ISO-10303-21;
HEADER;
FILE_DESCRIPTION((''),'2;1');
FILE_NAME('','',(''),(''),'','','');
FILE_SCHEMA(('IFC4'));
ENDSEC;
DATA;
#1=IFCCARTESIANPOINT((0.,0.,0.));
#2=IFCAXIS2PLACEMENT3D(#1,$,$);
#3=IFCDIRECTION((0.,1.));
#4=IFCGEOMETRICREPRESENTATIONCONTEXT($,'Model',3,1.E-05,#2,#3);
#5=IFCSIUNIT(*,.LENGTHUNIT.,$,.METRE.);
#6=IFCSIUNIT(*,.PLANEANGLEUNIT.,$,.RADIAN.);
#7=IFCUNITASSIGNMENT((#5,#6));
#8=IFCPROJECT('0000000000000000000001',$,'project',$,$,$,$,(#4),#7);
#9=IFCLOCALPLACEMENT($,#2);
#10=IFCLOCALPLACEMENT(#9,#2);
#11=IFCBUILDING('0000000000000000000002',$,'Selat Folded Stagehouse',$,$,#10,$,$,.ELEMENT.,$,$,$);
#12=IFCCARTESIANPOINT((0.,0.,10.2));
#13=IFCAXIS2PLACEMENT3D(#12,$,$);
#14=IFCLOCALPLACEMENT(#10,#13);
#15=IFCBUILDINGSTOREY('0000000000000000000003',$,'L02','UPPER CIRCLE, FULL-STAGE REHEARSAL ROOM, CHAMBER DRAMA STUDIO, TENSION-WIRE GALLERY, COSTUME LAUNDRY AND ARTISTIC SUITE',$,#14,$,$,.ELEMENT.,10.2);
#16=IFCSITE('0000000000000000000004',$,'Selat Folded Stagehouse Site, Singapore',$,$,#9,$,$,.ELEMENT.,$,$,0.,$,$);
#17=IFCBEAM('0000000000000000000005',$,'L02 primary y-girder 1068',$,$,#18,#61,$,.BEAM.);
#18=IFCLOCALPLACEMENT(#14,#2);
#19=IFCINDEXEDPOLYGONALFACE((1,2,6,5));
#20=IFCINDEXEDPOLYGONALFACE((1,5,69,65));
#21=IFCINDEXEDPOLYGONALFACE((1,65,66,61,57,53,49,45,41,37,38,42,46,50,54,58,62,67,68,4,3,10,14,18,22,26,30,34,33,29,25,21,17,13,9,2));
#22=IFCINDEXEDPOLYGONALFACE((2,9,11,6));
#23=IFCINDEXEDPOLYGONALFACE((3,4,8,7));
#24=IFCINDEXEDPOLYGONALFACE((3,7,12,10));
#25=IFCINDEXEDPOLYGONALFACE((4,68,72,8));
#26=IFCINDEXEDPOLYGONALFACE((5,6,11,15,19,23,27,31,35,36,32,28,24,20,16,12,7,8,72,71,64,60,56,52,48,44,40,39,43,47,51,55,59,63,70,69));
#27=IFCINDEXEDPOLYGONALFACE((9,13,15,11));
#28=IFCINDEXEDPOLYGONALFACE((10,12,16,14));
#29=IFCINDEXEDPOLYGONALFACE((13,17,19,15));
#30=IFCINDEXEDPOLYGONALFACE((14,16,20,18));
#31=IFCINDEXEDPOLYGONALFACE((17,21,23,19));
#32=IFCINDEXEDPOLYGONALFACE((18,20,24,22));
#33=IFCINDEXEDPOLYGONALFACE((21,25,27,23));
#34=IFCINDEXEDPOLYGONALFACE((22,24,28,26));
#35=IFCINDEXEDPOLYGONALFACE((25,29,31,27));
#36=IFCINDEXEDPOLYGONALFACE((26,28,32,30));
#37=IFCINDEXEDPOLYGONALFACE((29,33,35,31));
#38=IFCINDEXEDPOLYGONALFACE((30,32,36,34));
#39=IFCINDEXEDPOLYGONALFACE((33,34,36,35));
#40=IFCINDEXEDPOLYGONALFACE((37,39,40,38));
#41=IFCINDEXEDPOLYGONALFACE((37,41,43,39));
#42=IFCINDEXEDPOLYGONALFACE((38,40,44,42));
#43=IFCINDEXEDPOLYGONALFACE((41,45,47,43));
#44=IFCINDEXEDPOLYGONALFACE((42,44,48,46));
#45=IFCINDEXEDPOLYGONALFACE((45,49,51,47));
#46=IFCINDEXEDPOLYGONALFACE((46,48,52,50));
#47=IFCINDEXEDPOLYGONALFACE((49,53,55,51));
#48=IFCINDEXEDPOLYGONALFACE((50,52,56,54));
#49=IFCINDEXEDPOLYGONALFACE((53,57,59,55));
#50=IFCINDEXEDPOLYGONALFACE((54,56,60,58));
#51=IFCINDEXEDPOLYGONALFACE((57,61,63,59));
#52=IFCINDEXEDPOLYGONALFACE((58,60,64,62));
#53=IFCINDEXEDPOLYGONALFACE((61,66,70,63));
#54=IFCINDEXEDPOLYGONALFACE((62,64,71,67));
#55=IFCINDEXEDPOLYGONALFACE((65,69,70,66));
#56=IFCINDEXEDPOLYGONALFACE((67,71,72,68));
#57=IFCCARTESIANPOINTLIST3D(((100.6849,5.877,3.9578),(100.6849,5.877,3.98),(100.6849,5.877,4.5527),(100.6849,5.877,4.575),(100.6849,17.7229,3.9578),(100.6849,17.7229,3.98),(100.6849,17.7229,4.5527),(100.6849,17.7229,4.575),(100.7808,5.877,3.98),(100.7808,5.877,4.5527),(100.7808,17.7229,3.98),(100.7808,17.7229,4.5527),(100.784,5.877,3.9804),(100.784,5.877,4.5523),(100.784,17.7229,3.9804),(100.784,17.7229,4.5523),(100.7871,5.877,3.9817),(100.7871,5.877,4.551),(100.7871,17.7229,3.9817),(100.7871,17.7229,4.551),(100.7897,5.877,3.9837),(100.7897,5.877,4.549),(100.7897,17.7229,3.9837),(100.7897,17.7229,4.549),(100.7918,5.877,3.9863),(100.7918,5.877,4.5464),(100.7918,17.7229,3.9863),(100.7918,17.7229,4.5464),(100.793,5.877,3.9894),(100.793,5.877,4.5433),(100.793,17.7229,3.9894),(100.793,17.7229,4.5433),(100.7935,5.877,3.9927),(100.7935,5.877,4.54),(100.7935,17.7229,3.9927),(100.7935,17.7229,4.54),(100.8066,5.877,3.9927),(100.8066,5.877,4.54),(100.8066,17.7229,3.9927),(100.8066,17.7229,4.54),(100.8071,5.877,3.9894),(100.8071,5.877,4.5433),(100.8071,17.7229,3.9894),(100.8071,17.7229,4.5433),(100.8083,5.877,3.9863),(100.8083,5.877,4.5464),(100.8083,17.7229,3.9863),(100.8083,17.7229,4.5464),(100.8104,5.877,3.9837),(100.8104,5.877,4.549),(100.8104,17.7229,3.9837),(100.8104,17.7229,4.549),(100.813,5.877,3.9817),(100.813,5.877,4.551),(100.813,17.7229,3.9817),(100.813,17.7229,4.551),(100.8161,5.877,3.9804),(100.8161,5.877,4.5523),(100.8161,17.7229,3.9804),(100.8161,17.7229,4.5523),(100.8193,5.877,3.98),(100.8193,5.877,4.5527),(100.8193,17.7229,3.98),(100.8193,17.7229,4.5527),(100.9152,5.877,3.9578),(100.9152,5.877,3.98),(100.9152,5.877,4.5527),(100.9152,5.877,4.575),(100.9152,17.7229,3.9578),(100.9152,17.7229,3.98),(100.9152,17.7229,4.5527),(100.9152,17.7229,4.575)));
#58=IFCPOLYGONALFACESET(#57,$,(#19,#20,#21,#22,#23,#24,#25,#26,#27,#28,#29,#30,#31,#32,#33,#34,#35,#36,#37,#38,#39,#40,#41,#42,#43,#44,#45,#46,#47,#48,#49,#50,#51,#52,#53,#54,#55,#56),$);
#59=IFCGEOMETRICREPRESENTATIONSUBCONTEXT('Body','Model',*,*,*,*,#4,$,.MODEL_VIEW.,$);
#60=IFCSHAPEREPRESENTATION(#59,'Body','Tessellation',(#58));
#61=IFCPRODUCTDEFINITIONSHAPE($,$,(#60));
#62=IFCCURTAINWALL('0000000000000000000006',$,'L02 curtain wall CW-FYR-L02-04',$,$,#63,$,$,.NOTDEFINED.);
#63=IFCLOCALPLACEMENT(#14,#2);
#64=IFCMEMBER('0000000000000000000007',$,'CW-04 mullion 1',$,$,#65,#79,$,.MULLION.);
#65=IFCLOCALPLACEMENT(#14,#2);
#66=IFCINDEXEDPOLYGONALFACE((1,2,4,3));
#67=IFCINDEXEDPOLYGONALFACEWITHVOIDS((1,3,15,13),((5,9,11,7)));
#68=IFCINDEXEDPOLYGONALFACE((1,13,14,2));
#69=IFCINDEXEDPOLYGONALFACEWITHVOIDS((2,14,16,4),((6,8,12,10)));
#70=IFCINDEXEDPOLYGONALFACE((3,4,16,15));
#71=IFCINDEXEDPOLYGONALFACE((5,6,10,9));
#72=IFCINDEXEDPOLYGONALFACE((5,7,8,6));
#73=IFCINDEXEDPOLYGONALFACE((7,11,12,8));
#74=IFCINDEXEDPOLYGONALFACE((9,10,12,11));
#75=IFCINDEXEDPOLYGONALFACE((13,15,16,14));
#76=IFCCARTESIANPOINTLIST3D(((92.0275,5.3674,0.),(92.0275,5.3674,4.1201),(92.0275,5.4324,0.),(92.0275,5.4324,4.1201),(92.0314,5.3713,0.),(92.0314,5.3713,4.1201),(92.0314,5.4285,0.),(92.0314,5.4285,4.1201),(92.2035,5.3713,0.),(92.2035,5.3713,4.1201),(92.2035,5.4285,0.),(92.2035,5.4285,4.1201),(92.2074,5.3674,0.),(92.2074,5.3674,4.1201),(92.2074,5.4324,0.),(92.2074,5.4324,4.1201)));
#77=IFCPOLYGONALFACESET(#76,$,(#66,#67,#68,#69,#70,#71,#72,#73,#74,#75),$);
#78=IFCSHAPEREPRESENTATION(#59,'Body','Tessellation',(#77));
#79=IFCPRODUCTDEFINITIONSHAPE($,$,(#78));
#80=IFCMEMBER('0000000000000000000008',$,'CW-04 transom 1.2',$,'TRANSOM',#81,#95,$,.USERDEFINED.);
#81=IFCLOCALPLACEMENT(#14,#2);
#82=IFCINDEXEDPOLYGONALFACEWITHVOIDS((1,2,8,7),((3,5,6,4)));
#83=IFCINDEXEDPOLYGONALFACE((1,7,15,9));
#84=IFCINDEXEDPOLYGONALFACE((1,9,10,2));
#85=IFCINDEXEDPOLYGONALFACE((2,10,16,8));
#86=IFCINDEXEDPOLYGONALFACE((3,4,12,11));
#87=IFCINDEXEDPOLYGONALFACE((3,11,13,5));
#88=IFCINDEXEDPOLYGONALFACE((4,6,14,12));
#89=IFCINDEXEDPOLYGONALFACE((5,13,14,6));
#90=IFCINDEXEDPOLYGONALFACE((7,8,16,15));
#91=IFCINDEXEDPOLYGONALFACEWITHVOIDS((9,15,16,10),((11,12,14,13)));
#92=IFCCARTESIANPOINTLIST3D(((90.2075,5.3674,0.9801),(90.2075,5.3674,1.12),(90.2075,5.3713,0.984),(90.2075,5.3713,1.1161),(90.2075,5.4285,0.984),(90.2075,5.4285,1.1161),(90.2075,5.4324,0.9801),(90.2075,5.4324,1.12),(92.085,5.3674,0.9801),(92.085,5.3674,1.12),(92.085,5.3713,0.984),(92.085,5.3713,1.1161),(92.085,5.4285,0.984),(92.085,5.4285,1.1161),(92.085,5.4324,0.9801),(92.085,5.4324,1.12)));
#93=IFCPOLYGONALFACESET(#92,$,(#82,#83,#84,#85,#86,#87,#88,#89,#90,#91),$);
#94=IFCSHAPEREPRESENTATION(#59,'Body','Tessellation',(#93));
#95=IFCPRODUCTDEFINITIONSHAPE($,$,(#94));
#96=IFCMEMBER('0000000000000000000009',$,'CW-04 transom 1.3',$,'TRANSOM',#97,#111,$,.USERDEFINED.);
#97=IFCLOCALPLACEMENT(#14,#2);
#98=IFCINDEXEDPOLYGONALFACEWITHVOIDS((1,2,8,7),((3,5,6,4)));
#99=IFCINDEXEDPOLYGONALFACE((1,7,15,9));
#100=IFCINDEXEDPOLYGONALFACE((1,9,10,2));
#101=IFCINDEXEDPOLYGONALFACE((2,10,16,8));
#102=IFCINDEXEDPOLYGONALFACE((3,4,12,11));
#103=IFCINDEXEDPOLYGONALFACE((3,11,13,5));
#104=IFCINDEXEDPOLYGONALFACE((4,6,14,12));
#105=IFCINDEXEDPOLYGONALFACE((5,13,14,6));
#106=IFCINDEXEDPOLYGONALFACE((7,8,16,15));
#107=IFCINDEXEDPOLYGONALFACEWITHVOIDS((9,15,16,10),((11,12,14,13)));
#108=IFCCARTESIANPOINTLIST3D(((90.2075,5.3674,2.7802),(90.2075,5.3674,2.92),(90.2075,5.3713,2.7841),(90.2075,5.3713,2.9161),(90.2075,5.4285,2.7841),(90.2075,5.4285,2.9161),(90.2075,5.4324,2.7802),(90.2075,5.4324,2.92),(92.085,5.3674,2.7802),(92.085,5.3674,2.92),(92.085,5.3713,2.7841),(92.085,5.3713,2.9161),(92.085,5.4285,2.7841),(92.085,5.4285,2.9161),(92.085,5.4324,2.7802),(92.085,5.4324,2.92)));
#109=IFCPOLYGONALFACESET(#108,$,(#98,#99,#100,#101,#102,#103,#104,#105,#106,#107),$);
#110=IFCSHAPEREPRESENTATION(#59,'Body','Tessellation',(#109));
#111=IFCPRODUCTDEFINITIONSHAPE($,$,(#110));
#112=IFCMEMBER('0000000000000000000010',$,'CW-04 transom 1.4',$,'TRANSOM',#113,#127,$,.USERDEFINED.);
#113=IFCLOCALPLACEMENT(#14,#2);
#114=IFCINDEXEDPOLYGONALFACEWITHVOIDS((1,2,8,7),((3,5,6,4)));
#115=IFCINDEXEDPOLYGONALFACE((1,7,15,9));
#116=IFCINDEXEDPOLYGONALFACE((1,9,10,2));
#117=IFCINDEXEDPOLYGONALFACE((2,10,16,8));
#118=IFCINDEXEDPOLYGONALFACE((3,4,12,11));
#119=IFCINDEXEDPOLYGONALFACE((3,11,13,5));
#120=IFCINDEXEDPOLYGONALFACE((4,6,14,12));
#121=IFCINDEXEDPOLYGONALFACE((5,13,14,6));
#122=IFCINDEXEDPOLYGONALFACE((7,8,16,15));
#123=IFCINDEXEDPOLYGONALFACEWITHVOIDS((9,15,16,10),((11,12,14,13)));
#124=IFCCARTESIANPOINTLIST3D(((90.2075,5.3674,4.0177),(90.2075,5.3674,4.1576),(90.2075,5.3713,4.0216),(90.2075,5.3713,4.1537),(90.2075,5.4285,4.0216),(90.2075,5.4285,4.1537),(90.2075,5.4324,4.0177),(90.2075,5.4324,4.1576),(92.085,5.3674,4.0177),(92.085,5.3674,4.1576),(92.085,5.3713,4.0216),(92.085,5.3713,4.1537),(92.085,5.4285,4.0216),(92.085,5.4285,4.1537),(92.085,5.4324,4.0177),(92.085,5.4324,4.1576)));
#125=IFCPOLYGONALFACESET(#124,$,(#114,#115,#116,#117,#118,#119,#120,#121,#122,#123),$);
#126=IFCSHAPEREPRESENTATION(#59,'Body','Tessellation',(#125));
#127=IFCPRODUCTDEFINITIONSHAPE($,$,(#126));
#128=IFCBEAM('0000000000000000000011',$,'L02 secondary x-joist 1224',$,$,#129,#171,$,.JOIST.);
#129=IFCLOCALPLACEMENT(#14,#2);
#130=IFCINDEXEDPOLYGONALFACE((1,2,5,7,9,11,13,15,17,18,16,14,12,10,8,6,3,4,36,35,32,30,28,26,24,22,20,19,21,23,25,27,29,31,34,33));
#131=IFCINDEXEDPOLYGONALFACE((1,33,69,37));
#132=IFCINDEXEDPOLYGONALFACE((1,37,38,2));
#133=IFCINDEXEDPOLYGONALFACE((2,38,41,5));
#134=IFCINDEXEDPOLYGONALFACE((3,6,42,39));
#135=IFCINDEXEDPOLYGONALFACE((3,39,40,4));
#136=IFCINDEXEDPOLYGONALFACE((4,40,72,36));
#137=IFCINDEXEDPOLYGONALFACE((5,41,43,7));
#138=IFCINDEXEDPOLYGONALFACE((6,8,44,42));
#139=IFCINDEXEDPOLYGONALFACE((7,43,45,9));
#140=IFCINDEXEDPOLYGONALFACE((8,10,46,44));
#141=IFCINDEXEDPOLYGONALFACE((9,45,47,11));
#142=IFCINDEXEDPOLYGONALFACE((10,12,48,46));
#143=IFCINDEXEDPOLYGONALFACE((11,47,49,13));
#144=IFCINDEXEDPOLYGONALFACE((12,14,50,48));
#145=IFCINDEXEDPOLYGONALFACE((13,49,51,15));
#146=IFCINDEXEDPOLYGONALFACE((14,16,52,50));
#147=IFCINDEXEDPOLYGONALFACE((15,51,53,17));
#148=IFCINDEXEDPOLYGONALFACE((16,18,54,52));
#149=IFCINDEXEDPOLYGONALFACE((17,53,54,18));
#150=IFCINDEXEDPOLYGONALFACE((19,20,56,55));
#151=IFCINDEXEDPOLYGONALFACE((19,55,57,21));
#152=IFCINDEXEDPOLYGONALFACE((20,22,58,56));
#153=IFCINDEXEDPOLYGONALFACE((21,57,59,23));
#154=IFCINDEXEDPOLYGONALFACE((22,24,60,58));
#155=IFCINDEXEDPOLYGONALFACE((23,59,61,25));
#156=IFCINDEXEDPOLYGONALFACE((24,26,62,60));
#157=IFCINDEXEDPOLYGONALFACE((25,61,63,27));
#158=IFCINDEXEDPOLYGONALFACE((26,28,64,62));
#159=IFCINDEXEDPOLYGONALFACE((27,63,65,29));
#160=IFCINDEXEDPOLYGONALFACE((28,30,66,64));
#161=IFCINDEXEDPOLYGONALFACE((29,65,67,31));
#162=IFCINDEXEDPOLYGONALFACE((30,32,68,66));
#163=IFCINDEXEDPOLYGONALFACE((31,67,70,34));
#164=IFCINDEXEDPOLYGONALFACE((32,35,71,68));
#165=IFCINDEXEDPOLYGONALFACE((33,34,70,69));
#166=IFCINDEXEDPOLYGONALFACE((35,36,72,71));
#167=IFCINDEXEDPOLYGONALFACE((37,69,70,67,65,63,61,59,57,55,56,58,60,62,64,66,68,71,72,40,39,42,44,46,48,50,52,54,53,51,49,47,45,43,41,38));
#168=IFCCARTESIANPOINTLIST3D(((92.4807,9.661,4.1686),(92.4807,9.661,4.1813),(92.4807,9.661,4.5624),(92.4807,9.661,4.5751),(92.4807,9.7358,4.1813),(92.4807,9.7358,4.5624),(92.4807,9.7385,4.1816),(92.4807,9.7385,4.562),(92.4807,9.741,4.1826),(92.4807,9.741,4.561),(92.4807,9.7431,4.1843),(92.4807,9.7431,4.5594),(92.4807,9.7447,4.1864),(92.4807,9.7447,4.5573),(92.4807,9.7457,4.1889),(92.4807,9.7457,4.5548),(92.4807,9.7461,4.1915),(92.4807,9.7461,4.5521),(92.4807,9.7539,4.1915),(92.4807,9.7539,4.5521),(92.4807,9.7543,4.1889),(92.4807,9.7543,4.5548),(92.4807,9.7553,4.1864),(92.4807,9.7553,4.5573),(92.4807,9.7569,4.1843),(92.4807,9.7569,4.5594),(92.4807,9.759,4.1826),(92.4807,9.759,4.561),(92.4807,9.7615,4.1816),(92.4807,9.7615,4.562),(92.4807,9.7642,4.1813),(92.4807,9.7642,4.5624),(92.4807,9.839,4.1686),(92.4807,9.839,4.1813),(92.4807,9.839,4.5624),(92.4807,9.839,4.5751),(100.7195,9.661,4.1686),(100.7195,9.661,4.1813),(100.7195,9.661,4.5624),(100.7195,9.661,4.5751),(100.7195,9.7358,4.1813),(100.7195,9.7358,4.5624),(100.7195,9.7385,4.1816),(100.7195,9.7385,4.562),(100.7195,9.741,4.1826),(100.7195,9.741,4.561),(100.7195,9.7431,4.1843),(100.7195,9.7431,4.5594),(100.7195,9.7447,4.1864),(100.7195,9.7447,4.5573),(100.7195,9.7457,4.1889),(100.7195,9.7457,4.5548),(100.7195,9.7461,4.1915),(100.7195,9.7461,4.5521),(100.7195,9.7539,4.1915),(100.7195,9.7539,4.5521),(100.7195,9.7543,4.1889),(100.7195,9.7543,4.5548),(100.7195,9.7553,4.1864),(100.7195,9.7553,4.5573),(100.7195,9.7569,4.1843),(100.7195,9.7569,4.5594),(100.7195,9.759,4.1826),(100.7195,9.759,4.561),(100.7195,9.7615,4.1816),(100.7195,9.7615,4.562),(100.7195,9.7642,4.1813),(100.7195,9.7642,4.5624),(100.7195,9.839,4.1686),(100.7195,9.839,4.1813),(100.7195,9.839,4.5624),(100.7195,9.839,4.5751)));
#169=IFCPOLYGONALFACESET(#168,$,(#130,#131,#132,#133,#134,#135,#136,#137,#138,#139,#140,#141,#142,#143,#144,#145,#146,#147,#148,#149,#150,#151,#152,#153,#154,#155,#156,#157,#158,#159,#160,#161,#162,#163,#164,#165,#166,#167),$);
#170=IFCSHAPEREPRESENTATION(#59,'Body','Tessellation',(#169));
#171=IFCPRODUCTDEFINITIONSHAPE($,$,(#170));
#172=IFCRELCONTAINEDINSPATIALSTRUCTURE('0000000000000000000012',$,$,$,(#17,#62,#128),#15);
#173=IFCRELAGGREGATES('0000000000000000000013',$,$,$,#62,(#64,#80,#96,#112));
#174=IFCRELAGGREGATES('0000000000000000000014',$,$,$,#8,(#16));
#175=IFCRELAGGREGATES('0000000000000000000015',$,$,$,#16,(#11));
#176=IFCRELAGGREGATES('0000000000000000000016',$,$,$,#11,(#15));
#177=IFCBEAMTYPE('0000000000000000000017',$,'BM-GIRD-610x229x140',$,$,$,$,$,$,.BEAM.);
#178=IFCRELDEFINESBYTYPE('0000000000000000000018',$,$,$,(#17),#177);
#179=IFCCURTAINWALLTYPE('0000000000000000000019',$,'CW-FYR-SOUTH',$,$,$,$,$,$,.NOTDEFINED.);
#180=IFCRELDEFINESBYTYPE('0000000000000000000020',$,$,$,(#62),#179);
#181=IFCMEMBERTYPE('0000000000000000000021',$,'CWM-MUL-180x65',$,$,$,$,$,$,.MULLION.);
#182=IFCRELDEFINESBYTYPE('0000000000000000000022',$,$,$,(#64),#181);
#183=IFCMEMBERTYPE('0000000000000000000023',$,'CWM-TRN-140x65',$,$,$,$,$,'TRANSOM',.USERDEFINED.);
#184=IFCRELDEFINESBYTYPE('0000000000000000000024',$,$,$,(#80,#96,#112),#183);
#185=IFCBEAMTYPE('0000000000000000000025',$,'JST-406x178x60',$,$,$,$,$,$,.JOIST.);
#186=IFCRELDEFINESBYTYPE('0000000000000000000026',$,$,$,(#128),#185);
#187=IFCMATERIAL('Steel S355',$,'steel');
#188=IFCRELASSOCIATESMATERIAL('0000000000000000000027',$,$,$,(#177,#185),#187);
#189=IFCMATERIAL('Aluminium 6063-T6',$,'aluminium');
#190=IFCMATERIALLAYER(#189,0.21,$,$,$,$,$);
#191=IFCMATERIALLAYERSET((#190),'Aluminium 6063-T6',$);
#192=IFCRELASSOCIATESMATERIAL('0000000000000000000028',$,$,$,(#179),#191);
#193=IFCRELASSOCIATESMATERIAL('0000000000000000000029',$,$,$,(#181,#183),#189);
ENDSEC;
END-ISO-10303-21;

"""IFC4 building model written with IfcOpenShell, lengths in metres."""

from ifc_helpers import new_model, si_unit, direction, frame, origin, origin_2d, place, context, subcontext, project, spatial, hollow_rectangle, i_section, extrude, material, layer, layer_set, material_profile, profile_set, type_object, element, aggregate, save


model = new_model("IFC4")

# Units and contexts
model_context = context("Model", 3, precision=1e-05, world=origin(), true_north=direction((0.0, 1.0)))
body_context = subcontext(model_context, "Body", "Model", "MODEL_VIEW")
ifc_project = project(units=[si_unit("LENGTHUNIT", "METRE"), si_unit("PLANEANGLEUNIT", "RADIAN")], contexts=[model_context])

# Site, building, storey
site_placement = place(None, origin())
site = spatial("IfcSite", under=ifc_project, at=site_placement, Name="Selat Folded Stagehouse Site, Singapore", CompositionType="ELEMENT", RefElevation=0.0)
building_placement = place(site_placement, origin())
building = spatial("IfcBuilding", under=site, at=building_placement, Name="Selat Folded Stagehouse", CompositionType="ELEMENT")
storey_placement = place(building_placement, frame((0.0, 0.0, 10.2)))
storey = spatial("IfcBuildingStorey", under=building, at=storey_placement, Name="L02", Description="UPPER CIRCLE, FULL-STAGE REHEARSAL ROOM, CHAMBER DRAMA STUDIO, TENSION-WIRE GALLERY, COSTUME LAUNDRY AND ARTISTIC SUITE", CompositionType="ELEMENT", Elevation=10.2)

# Shared definitions
ifc_material_1 = material(Name="Steel S355", Category="steel")

# Beam
ifc_material_profile_1 = material_profile(ifc_material_1, i_section(OverallWidth=0.2302, OverallDepth=0.6172, WebThickness=0.0132, FlangeThickness=0.0222, FilletRadius=0.0127, at=origin_2d()), Name="UKB 610x229x140")
ifc_profile_set_1 = profile_set([ifc_material_profile_1], Name="Steel S355")
beam_type_1 = type_object("IfcBeamType", Name="BM-GIRD-610x229x140", PredefinedType="BEAM", material=ifc_profile_set_1)
for number, where, z_axis, x_axis, name in (
    (1, (100.8, 5.877, 4.2664), (0.0, 1.0, 0.0), (-1.0, 0.0, 0.0), "L02 primary y-girder 1068"),
):
    element("IfcBeam", number, at=place(storey_placement, frame(where, z_axis=z_axis, x_axis=x_axis)), inside=storey, type_object=beam_type_1, Name=name, PredefinedType="BEAM", context=body_context, shape_type="SweptSolid", body=[
        extrude(i_section(OverallWidth=0.2302, OverallDepth=0.6172, WebThickness=0.0132, FlangeThickness=0.0222, FilletRadius=0.0127, at=origin_2d()), origin(), (0.0, 0.0, 1.0), 11.8459),
    ])

# Curtain wall, members
ifc_material_2 = material(Name="Aluminium 6063-T6", Category="aluminium")
ifc_layer_1 = layer(ifc_material_2, 0.21)
ifc_layer_set_1 = layer_set([ifc_layer_1], Name="Aluminium 6063-T6")
curtain_wall_type = type_object("IfcCurtainWallType", Name="CW-FYR-SOUTH", PredefinedType="NOTDEFINED", material=ifc_layer_set_1)
curtain_wall_placement = place(storey_placement, origin())
curtain_wall = element("IfcCurtainWall", 2, at=curtain_wall_placement, inside=storey, type_object=curtain_wall_type, Name="L02 curtain wall CW-FYR-L02-04", PredefinedType="NOTDEFINED")
ifc_material_profile_2 = material_profile(ifc_material_2, hollow_rectangle(XDim=0.0649, YDim=0.1799, WallThickness=0.0039, at=origin_2d()), Name="ALU 180x65x4.0")
ifc_profile_set_2 = profile_set([ifc_material_profile_2], Name="Aluminium 6063-T6")
member_type_1 = type_object("IfcMemberType", Name="CWM-MUL-180x65", PredefinedType="MULLION", material=ifc_profile_set_2)
member_1_placement = place(storey_placement, frame((92.1174, 5.3999, 0.0), z_axis=(0.0, 0.0, 1.0), x_axis=(0.0, -1.0, 0.0)))
member_1 = element("IfcMember", 3, at=member_1_placement, type_object=member_type_1, Name="CW-04 mullion 1", PredefinedType="MULLION", context=body_context, shape_type="SweptSolid", body=[
    extrude(hollow_rectangle(XDim=0.0649, YDim=0.1799, WallThickness=0.0039, at=origin_2d()), origin(), (0.0, 0.0, 1.0), 4.1201),
])
ifc_material_profile_3 = material_profile(ifc_material_2, hollow_rectangle(XDim=0.0649, YDim=0.1399, WallThickness=0.0039, at=origin_2d()), Name="ALU 140x65x4.0")
ifc_profile_set_3 = profile_set([ifc_material_profile_3], Name="Aluminium 6063-T6")
member_type_2 = type_object("IfcMemberType", Name="CWM-TRN-140x65", ElementType="TRANSOM", PredefinedType="USERDEFINED", material=ifc_profile_set_3)
member_2_placement = place(storey_placement, frame((92.085, 5.3999, 1.05), z_axis=(-1.0, 0.0, 0.0), x_axis=(0.0, -1.0, 0.0)))
member_2 = element("IfcMember", 4, at=member_2_placement, type_object=member_type_2, Name="CW-04 transom 1.2", ObjectType="TRANSOM", PredefinedType="USERDEFINED", context=body_context, shape_type="SweptSolid", body=[
    extrude(hollow_rectangle(XDim=0.0649, YDim=0.1399, WallThickness=0.0039, at=origin_2d()), origin(), (0.0, 0.0, 1.0), 1.8774),
])
member_3_placement = place(storey_placement, frame((92.085, 5.3999, 2.8501), z_axis=(-1.0, 0.0, 0.0), x_axis=(0.0, -1.0, 0.0)))
member_3 = element("IfcMember", 5, at=member_3_placement, type_object=member_type_2, Name="CW-04 transom 1.3", ObjectType="TRANSOM", PredefinedType="USERDEFINED", context=body_context, shape_type="SweptSolid", body=[
    extrude(hollow_rectangle(XDim=0.0649, YDim=0.1399, WallThickness=0.0039, at=origin_2d()), origin(), (0.0, 0.0, 1.0), 1.8774),
])
member_4_placement = place(storey_placement, frame((92.085, 5.3999, 4.0876), z_axis=(-1.0, 0.0, 0.0), x_axis=(0.0, -1.0, 0.0)))
member_4 = element("IfcMember", 6, at=member_4_placement, type_object=member_type_2, Name="CW-04 transom 1.4", ObjectType="TRANSOM", PredefinedType="USERDEFINED", context=body_context, shape_type="SweptSolid", body=[
    extrude(hollow_rectangle(XDim=0.0649, YDim=0.1399, WallThickness=0.0039, at=origin_2d()), origin(), (0.0, 0.0, 1.0), 1.8774),
])
aggregate(curtain_wall, [member_1, member_2, member_3, member_4])

# Beam
ifc_material_profile_4 = material_profile(ifc_material_1, i_section(OverallWidth=0.178, OverallDepth=0.4065, WebThickness=0.0078, FlangeThickness=0.0127, FilletRadius=0.0103, at=origin_2d()), Name="UKB 406x178x60")
ifc_profile_set_4 = profile_set([ifc_material_profile_4], Name="Steel S355")
beam_type_2 = type_object("IfcBeamType", Name="JST-406x178x60", PredefinedType="JOIST", material=ifc_profile_set_4)
for number, where, z_axis, x_axis, name in (
    (7, (92.4807, 9.75, 4.3718), (1.0, 0.0, 0.0), (0.0, 1.0, 0.0), "L02 secondary x-joist 1224"),
):
    element("IfcBeam", number, at=place(storey_placement, frame(where, z_axis=z_axis, x_axis=x_axis)), inside=storey, type_object=beam_type_2, Name=name, PredefinedType="JOIST", context=body_context, shape_type="SweptSolid", body=[
        extrude(i_section(OverallWidth=0.178, OverallDepth=0.4065, WebThickness=0.0078, FlangeThickness=0.0127, FilletRadius=0.0103, at=origin_2d()), origin(), (0.0, 0.0, 1.0), 8.2388),
    ])

save(model, "model.ifc")
